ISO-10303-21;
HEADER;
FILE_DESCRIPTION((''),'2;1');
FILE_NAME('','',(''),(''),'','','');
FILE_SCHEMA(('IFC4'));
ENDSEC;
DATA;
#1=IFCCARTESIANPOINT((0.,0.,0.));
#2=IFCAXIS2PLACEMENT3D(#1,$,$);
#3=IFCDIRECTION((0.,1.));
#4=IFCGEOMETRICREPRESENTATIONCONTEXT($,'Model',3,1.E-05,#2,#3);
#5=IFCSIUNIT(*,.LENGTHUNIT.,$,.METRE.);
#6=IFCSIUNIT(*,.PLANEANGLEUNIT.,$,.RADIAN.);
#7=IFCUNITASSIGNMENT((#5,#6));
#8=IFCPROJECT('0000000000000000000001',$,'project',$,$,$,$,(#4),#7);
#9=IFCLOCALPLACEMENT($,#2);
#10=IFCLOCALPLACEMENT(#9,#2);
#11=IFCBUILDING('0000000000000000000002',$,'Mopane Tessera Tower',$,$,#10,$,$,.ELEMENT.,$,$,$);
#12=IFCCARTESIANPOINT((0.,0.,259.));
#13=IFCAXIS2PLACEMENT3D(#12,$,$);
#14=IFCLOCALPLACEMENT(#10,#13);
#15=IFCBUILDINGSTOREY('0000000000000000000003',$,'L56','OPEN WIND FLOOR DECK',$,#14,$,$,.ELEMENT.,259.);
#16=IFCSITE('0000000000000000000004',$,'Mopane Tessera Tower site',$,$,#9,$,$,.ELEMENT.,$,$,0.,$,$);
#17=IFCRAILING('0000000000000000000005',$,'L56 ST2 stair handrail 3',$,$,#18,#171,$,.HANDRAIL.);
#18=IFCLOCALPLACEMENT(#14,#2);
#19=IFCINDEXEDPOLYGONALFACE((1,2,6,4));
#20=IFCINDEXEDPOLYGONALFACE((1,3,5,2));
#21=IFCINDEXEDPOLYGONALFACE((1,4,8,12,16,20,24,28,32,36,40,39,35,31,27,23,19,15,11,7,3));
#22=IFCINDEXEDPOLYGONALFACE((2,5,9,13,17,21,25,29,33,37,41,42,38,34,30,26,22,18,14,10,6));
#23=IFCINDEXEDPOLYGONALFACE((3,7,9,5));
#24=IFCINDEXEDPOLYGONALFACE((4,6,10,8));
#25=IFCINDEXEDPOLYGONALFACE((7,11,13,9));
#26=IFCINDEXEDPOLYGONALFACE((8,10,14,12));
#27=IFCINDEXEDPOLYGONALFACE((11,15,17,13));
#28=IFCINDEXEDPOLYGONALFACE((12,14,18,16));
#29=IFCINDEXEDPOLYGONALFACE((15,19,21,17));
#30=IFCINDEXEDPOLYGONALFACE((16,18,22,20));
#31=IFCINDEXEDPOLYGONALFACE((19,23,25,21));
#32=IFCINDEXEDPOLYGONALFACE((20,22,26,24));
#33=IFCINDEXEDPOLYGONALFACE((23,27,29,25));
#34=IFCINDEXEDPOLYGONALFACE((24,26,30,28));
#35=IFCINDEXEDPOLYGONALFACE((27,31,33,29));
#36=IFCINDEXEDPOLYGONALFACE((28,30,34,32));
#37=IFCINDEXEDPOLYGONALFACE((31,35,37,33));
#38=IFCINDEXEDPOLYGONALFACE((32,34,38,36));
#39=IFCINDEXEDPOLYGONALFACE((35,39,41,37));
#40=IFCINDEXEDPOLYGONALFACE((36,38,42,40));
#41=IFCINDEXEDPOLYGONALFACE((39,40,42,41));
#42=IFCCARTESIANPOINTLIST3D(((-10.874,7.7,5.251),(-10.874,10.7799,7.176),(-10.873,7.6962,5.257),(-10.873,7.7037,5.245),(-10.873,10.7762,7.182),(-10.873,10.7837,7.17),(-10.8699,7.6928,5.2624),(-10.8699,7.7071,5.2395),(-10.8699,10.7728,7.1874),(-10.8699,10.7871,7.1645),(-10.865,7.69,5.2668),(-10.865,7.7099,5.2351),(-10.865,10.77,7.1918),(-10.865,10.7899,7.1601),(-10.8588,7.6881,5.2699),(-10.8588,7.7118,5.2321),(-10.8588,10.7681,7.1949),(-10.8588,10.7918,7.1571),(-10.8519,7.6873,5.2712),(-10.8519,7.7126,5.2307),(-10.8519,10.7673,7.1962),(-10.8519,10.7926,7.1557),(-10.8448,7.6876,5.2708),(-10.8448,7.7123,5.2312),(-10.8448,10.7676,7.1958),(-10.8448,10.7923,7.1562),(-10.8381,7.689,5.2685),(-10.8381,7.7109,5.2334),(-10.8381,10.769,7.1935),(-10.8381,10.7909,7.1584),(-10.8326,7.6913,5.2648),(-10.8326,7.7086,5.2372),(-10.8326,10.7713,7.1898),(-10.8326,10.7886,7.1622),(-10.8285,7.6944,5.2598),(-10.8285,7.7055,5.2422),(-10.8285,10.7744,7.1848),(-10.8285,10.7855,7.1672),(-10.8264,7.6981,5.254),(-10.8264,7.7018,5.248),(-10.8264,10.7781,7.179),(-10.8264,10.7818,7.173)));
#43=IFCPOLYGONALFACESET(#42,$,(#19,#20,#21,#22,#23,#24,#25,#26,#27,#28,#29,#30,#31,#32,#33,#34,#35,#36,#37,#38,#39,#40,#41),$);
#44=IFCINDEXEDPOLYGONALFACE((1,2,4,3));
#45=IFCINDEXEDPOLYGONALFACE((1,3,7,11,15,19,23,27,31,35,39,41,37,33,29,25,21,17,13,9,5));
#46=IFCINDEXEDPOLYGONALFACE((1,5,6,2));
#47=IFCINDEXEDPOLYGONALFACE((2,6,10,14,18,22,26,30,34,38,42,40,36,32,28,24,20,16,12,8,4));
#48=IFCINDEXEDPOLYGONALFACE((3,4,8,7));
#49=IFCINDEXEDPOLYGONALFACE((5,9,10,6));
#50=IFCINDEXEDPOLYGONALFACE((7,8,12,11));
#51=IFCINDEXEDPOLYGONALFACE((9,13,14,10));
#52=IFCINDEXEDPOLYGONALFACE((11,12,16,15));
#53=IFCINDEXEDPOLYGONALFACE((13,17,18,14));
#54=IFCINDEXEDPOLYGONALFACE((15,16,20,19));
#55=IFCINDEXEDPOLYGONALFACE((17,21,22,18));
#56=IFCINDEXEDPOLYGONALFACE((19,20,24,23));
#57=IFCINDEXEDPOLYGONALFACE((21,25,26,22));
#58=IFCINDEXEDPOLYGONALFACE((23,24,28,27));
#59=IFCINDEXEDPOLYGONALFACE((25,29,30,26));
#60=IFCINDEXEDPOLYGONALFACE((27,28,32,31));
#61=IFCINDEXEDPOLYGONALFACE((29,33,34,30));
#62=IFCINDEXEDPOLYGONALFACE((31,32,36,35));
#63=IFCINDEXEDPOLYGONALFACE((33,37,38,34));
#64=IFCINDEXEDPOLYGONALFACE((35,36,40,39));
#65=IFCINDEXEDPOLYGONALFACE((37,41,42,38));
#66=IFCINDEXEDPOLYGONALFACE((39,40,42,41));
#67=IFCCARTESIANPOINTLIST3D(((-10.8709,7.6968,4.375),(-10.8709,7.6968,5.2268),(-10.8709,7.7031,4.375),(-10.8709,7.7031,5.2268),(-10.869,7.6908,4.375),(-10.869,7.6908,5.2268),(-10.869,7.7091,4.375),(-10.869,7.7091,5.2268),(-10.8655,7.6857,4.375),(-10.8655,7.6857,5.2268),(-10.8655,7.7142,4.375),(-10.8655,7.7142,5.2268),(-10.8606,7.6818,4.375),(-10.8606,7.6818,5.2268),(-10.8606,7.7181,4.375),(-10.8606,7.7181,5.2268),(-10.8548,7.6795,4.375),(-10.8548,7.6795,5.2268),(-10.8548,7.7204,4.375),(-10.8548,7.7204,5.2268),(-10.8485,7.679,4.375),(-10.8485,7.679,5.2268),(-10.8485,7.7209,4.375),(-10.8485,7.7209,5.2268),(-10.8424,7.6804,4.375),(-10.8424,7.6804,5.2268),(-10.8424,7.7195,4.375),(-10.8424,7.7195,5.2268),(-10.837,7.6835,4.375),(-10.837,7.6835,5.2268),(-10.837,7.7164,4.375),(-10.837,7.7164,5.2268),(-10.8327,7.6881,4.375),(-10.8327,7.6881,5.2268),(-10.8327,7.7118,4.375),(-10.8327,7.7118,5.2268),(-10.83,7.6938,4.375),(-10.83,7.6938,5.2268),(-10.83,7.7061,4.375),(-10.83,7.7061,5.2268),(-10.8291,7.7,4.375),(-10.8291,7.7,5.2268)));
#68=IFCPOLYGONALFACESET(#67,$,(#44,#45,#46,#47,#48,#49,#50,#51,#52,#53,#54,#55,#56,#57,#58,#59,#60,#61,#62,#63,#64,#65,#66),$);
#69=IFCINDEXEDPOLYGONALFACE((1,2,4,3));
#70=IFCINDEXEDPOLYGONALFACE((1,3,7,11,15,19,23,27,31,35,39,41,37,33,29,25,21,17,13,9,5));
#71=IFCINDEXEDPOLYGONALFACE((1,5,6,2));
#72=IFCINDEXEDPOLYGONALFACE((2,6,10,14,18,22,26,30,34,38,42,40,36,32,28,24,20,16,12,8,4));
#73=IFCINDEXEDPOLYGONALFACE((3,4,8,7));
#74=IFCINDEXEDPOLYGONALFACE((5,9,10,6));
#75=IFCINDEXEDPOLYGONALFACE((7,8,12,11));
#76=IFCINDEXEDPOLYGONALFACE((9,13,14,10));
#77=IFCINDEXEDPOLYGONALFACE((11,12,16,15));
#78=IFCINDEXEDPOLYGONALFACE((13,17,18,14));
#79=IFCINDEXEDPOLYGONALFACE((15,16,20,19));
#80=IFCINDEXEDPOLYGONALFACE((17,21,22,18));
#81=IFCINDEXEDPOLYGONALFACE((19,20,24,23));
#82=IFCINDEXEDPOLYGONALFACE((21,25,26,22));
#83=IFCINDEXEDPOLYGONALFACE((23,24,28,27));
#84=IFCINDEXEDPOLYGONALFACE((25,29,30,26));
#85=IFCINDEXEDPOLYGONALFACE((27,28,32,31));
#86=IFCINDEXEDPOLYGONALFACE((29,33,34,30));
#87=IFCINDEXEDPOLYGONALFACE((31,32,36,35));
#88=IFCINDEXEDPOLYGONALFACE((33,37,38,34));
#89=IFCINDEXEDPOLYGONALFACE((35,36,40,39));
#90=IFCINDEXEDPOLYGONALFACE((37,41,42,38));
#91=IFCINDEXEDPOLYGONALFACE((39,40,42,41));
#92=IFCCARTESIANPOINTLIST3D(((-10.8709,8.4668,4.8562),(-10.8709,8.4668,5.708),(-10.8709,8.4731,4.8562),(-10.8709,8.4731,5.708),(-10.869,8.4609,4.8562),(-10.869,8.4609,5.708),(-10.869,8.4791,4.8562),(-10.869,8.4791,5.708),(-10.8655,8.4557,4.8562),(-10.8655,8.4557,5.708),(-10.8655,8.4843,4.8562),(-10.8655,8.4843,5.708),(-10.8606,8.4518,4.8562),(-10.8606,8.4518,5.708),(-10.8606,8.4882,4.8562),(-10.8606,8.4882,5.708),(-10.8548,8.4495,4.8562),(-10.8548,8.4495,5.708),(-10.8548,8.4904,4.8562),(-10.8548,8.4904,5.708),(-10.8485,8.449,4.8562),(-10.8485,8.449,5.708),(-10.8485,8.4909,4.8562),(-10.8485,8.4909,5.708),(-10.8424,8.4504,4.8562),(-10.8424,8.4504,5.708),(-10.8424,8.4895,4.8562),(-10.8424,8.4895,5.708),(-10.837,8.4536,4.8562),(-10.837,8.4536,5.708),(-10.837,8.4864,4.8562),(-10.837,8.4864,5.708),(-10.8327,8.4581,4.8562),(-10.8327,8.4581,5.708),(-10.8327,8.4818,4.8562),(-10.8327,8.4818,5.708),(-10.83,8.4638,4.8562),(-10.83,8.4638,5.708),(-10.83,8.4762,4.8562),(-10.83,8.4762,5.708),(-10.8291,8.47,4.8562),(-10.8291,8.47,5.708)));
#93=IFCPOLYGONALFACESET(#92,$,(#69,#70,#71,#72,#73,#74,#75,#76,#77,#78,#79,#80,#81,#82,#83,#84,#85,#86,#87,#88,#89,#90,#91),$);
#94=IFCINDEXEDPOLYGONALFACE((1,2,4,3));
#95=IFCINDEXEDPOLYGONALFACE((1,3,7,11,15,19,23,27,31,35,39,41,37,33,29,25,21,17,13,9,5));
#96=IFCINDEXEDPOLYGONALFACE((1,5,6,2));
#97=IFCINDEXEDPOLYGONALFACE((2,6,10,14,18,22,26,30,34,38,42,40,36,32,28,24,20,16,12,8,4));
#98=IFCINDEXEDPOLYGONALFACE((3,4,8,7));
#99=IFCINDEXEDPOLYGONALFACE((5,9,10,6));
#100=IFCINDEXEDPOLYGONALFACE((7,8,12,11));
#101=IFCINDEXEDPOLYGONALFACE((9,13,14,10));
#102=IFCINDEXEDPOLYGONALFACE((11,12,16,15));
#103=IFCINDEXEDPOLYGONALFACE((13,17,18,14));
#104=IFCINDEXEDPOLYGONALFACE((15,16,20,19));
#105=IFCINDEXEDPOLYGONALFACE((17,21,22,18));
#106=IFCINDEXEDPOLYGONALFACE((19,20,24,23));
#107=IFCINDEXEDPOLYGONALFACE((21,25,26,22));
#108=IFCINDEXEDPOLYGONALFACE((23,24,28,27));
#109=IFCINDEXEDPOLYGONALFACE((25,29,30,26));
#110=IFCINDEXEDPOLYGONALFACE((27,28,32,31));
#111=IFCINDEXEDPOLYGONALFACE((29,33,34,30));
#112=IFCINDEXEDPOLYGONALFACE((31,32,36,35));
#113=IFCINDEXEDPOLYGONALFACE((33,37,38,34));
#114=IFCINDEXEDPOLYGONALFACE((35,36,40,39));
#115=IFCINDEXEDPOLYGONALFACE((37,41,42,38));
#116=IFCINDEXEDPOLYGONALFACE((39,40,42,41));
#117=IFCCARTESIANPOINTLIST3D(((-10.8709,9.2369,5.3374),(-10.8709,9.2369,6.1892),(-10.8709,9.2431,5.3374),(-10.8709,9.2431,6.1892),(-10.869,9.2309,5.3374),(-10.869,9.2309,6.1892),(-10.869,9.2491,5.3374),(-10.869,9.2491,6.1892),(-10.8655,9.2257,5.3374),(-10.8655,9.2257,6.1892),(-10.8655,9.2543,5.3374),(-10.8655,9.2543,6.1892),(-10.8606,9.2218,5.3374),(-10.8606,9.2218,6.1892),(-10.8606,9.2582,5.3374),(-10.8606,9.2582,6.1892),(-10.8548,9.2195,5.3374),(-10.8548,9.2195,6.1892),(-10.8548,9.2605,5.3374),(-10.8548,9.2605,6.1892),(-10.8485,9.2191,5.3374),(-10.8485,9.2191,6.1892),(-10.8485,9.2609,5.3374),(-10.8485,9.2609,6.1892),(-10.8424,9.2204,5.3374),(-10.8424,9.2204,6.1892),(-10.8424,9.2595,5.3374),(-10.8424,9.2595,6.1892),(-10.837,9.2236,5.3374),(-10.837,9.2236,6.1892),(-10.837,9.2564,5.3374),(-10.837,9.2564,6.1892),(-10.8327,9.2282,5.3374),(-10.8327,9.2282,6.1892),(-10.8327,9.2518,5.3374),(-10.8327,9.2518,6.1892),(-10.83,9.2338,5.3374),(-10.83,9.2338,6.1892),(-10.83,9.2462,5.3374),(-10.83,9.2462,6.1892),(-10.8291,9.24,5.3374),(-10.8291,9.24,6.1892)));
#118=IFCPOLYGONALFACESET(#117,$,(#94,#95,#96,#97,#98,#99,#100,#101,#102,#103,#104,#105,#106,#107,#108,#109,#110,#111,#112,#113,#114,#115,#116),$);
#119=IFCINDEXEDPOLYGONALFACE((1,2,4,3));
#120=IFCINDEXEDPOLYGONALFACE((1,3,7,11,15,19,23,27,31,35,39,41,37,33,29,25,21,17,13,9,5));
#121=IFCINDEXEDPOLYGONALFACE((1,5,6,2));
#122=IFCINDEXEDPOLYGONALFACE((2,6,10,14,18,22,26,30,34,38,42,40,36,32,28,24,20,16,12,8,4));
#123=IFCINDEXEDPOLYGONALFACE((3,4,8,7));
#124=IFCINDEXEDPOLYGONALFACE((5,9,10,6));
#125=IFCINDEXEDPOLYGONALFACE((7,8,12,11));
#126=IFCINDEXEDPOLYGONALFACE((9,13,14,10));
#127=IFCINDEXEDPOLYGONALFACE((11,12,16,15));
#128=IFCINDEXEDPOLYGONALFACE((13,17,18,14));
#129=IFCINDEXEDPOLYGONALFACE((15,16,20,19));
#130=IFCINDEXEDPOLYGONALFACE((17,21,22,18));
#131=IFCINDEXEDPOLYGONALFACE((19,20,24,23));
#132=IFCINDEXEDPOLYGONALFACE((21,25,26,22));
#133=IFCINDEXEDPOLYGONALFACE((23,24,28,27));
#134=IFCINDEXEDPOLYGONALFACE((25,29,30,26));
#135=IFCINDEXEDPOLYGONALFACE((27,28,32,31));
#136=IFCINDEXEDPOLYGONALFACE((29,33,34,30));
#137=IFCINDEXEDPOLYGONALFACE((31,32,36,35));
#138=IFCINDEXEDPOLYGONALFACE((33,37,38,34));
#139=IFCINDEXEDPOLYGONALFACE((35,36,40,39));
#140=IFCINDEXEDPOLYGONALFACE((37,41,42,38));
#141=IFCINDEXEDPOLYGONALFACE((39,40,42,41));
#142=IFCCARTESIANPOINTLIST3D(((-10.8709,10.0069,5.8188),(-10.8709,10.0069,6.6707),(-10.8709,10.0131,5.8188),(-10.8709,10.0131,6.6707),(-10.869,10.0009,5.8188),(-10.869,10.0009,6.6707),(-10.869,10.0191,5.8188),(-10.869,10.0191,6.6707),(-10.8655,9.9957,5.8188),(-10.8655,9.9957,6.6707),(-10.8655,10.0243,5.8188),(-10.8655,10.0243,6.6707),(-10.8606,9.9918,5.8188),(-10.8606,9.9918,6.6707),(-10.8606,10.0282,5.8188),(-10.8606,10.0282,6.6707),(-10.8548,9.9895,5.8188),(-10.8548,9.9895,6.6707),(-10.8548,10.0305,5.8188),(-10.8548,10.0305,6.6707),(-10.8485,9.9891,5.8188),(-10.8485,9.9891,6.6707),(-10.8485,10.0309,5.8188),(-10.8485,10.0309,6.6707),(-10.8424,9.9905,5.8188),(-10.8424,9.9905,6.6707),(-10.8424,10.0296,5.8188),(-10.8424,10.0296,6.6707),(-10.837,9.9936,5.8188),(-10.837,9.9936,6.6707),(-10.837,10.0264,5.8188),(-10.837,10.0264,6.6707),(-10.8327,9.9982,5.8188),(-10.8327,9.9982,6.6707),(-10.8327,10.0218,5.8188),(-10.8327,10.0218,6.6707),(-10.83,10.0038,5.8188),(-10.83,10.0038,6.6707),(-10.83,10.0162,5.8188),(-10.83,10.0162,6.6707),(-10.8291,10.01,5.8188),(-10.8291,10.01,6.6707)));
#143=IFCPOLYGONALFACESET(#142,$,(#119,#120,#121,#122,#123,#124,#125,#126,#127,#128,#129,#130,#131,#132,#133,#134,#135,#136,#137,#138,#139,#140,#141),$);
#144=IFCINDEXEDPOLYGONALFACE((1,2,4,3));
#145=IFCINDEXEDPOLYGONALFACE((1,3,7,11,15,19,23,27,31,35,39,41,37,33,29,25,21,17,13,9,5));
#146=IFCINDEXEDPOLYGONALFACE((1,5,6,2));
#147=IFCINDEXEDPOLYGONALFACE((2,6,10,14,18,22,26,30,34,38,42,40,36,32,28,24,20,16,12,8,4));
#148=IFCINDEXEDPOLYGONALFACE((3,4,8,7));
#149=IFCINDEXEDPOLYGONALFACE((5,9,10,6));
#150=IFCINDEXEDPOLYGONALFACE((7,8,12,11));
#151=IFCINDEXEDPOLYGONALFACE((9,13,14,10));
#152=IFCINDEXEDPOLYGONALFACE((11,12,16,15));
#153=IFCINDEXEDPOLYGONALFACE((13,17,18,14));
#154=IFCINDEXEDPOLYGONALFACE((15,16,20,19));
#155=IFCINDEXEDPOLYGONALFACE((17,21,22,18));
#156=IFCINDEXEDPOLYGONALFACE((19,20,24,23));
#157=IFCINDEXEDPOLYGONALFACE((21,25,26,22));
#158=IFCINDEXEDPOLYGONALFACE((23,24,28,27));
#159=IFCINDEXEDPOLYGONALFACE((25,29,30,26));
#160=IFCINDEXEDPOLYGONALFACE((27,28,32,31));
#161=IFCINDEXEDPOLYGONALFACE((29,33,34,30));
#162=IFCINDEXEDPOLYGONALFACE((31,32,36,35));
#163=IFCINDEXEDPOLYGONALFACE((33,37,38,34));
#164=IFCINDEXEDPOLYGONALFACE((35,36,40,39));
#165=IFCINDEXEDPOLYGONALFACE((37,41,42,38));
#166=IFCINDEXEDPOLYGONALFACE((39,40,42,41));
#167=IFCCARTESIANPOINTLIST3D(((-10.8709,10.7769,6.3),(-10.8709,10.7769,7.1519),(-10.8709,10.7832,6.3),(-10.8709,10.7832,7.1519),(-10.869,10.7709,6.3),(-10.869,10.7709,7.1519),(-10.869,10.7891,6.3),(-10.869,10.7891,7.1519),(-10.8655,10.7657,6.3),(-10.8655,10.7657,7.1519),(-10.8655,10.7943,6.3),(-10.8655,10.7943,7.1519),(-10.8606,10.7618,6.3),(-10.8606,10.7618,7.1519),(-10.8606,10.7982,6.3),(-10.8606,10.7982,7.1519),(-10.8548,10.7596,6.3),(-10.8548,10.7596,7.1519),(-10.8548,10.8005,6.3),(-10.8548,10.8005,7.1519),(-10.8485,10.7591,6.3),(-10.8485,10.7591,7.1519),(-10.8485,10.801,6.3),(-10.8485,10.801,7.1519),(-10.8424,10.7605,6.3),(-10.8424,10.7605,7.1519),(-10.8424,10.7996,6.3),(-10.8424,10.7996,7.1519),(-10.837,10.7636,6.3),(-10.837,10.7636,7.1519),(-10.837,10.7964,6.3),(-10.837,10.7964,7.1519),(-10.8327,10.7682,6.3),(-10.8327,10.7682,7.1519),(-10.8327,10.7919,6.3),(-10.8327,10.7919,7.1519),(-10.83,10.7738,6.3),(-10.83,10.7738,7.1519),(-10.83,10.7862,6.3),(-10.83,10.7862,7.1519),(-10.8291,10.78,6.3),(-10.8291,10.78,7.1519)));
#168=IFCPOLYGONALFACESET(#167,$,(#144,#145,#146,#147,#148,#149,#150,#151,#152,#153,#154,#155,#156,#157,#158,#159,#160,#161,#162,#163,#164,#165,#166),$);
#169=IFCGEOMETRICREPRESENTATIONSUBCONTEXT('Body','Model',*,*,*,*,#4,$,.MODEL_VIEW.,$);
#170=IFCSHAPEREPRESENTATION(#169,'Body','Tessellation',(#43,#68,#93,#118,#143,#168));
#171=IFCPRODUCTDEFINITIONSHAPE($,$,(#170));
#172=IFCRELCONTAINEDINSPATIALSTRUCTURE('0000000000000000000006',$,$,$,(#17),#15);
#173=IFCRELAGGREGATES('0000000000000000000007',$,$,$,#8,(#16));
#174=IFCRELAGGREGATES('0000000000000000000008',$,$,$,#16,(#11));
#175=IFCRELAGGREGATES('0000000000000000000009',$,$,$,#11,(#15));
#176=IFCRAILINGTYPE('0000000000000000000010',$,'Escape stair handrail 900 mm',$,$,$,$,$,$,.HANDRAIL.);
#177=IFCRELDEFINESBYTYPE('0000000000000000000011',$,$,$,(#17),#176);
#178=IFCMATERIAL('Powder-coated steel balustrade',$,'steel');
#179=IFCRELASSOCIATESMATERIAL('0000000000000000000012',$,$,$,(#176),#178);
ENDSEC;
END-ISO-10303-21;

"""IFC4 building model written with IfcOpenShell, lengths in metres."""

from ifc_helpers import new_model, si_unit, direction, frame, origin, origin_2d, place, context, subcontext, project, spatial, circle, extrude, material, type_object, element, save


model = new_model("IFC4")

# Units and contexts
model_context = context("Model", 3, precision=1e-05, world=origin(), true_north=direction((0.0, 1.0)))
body_context = subcontext(model_context, "Body", "Model", "MODEL_VIEW")
ifc_project = project(units=[si_unit("LENGTHUNIT", "METRE"), si_unit("PLANEANGLEUNIT", "RADIAN")], contexts=[model_context])

# Site, building, storey
site_placement = place(None, origin())
site = spatial("IfcSite", under=ifc_project, at=site_placement, Name="Mopane Tessera Tower site", CompositionType="ELEMENT", RefElevation=0.0)
building_placement = place(site_placement, origin())
building = spatial("IfcBuilding", under=site, at=building_placement, Name="Mopane Tessera Tower", CompositionType="ELEMENT")
storey_placement = place(building_placement, frame((0.0, 0.0, 259.0)))
storey = spatial("IfcBuildingStorey", under=building, at=storey_placement, Name="L56", Description="OPEN WIND FLOOR DECK", CompositionType="ELEMENT", Elevation=259.0)

# Railing
ifc_material_1 = material(Name="Powder-coated steel balustrade", Category="steel")
railing_type = type_object("IfcRailingType", Name="Escape stair handrail 900 mm", PredefinedType="HANDRAIL", material=ifc_material_1)
for number, where, name in (
    (1, (-10.8501, 7.7, 4.375), "L56 ST2 stair handrail 3"),
):
    element("IfcRailing", number, at=place(storey_placement, frame(where)), inside=storey, type_object=railing_type, Name=name, PredefinedType="HANDRAIL", context=body_context, shape_type="SweptSolid", body=[
        extrude(circle(Radius=0.0239, at=origin_2d()), frame((0.0, 0.0, 0.876), z_axis=(0.0, 0.847998, 0.529999), x_axis=(-1.0, 0.0, 0.0)), (0.0, 0.0, 1.0), 3.6321),
        extrude(circle(Radius=0.021, at=origin_2d()), origin(), (0.0, 0.0, 1.0), 0.8518),
        extrude(circle(Radius=0.021, at=origin_2d()), frame((0.0, 0.77, 0.4812)), (0.0, 0.0, 1.0), 0.8518),
        extrude(circle(Radius=0.021, at=origin_2d()), frame((0.0, 1.54, 0.9624)), (0.0, 0.0, 1.0), 0.8518),
        extrude(circle(Radius=0.021, at=origin_2d()), frame((0.0, 2.3101, 1.4438)), (0.0, 0.0, 1.0), 0.8518),
        extrude(circle(Radius=0.021, at=origin_2d()), frame((0.0, 3.0801, 1.925)), (0.0, 0.0, 1.0), 0.8518),
    ])

save(model, "model.ifc")
